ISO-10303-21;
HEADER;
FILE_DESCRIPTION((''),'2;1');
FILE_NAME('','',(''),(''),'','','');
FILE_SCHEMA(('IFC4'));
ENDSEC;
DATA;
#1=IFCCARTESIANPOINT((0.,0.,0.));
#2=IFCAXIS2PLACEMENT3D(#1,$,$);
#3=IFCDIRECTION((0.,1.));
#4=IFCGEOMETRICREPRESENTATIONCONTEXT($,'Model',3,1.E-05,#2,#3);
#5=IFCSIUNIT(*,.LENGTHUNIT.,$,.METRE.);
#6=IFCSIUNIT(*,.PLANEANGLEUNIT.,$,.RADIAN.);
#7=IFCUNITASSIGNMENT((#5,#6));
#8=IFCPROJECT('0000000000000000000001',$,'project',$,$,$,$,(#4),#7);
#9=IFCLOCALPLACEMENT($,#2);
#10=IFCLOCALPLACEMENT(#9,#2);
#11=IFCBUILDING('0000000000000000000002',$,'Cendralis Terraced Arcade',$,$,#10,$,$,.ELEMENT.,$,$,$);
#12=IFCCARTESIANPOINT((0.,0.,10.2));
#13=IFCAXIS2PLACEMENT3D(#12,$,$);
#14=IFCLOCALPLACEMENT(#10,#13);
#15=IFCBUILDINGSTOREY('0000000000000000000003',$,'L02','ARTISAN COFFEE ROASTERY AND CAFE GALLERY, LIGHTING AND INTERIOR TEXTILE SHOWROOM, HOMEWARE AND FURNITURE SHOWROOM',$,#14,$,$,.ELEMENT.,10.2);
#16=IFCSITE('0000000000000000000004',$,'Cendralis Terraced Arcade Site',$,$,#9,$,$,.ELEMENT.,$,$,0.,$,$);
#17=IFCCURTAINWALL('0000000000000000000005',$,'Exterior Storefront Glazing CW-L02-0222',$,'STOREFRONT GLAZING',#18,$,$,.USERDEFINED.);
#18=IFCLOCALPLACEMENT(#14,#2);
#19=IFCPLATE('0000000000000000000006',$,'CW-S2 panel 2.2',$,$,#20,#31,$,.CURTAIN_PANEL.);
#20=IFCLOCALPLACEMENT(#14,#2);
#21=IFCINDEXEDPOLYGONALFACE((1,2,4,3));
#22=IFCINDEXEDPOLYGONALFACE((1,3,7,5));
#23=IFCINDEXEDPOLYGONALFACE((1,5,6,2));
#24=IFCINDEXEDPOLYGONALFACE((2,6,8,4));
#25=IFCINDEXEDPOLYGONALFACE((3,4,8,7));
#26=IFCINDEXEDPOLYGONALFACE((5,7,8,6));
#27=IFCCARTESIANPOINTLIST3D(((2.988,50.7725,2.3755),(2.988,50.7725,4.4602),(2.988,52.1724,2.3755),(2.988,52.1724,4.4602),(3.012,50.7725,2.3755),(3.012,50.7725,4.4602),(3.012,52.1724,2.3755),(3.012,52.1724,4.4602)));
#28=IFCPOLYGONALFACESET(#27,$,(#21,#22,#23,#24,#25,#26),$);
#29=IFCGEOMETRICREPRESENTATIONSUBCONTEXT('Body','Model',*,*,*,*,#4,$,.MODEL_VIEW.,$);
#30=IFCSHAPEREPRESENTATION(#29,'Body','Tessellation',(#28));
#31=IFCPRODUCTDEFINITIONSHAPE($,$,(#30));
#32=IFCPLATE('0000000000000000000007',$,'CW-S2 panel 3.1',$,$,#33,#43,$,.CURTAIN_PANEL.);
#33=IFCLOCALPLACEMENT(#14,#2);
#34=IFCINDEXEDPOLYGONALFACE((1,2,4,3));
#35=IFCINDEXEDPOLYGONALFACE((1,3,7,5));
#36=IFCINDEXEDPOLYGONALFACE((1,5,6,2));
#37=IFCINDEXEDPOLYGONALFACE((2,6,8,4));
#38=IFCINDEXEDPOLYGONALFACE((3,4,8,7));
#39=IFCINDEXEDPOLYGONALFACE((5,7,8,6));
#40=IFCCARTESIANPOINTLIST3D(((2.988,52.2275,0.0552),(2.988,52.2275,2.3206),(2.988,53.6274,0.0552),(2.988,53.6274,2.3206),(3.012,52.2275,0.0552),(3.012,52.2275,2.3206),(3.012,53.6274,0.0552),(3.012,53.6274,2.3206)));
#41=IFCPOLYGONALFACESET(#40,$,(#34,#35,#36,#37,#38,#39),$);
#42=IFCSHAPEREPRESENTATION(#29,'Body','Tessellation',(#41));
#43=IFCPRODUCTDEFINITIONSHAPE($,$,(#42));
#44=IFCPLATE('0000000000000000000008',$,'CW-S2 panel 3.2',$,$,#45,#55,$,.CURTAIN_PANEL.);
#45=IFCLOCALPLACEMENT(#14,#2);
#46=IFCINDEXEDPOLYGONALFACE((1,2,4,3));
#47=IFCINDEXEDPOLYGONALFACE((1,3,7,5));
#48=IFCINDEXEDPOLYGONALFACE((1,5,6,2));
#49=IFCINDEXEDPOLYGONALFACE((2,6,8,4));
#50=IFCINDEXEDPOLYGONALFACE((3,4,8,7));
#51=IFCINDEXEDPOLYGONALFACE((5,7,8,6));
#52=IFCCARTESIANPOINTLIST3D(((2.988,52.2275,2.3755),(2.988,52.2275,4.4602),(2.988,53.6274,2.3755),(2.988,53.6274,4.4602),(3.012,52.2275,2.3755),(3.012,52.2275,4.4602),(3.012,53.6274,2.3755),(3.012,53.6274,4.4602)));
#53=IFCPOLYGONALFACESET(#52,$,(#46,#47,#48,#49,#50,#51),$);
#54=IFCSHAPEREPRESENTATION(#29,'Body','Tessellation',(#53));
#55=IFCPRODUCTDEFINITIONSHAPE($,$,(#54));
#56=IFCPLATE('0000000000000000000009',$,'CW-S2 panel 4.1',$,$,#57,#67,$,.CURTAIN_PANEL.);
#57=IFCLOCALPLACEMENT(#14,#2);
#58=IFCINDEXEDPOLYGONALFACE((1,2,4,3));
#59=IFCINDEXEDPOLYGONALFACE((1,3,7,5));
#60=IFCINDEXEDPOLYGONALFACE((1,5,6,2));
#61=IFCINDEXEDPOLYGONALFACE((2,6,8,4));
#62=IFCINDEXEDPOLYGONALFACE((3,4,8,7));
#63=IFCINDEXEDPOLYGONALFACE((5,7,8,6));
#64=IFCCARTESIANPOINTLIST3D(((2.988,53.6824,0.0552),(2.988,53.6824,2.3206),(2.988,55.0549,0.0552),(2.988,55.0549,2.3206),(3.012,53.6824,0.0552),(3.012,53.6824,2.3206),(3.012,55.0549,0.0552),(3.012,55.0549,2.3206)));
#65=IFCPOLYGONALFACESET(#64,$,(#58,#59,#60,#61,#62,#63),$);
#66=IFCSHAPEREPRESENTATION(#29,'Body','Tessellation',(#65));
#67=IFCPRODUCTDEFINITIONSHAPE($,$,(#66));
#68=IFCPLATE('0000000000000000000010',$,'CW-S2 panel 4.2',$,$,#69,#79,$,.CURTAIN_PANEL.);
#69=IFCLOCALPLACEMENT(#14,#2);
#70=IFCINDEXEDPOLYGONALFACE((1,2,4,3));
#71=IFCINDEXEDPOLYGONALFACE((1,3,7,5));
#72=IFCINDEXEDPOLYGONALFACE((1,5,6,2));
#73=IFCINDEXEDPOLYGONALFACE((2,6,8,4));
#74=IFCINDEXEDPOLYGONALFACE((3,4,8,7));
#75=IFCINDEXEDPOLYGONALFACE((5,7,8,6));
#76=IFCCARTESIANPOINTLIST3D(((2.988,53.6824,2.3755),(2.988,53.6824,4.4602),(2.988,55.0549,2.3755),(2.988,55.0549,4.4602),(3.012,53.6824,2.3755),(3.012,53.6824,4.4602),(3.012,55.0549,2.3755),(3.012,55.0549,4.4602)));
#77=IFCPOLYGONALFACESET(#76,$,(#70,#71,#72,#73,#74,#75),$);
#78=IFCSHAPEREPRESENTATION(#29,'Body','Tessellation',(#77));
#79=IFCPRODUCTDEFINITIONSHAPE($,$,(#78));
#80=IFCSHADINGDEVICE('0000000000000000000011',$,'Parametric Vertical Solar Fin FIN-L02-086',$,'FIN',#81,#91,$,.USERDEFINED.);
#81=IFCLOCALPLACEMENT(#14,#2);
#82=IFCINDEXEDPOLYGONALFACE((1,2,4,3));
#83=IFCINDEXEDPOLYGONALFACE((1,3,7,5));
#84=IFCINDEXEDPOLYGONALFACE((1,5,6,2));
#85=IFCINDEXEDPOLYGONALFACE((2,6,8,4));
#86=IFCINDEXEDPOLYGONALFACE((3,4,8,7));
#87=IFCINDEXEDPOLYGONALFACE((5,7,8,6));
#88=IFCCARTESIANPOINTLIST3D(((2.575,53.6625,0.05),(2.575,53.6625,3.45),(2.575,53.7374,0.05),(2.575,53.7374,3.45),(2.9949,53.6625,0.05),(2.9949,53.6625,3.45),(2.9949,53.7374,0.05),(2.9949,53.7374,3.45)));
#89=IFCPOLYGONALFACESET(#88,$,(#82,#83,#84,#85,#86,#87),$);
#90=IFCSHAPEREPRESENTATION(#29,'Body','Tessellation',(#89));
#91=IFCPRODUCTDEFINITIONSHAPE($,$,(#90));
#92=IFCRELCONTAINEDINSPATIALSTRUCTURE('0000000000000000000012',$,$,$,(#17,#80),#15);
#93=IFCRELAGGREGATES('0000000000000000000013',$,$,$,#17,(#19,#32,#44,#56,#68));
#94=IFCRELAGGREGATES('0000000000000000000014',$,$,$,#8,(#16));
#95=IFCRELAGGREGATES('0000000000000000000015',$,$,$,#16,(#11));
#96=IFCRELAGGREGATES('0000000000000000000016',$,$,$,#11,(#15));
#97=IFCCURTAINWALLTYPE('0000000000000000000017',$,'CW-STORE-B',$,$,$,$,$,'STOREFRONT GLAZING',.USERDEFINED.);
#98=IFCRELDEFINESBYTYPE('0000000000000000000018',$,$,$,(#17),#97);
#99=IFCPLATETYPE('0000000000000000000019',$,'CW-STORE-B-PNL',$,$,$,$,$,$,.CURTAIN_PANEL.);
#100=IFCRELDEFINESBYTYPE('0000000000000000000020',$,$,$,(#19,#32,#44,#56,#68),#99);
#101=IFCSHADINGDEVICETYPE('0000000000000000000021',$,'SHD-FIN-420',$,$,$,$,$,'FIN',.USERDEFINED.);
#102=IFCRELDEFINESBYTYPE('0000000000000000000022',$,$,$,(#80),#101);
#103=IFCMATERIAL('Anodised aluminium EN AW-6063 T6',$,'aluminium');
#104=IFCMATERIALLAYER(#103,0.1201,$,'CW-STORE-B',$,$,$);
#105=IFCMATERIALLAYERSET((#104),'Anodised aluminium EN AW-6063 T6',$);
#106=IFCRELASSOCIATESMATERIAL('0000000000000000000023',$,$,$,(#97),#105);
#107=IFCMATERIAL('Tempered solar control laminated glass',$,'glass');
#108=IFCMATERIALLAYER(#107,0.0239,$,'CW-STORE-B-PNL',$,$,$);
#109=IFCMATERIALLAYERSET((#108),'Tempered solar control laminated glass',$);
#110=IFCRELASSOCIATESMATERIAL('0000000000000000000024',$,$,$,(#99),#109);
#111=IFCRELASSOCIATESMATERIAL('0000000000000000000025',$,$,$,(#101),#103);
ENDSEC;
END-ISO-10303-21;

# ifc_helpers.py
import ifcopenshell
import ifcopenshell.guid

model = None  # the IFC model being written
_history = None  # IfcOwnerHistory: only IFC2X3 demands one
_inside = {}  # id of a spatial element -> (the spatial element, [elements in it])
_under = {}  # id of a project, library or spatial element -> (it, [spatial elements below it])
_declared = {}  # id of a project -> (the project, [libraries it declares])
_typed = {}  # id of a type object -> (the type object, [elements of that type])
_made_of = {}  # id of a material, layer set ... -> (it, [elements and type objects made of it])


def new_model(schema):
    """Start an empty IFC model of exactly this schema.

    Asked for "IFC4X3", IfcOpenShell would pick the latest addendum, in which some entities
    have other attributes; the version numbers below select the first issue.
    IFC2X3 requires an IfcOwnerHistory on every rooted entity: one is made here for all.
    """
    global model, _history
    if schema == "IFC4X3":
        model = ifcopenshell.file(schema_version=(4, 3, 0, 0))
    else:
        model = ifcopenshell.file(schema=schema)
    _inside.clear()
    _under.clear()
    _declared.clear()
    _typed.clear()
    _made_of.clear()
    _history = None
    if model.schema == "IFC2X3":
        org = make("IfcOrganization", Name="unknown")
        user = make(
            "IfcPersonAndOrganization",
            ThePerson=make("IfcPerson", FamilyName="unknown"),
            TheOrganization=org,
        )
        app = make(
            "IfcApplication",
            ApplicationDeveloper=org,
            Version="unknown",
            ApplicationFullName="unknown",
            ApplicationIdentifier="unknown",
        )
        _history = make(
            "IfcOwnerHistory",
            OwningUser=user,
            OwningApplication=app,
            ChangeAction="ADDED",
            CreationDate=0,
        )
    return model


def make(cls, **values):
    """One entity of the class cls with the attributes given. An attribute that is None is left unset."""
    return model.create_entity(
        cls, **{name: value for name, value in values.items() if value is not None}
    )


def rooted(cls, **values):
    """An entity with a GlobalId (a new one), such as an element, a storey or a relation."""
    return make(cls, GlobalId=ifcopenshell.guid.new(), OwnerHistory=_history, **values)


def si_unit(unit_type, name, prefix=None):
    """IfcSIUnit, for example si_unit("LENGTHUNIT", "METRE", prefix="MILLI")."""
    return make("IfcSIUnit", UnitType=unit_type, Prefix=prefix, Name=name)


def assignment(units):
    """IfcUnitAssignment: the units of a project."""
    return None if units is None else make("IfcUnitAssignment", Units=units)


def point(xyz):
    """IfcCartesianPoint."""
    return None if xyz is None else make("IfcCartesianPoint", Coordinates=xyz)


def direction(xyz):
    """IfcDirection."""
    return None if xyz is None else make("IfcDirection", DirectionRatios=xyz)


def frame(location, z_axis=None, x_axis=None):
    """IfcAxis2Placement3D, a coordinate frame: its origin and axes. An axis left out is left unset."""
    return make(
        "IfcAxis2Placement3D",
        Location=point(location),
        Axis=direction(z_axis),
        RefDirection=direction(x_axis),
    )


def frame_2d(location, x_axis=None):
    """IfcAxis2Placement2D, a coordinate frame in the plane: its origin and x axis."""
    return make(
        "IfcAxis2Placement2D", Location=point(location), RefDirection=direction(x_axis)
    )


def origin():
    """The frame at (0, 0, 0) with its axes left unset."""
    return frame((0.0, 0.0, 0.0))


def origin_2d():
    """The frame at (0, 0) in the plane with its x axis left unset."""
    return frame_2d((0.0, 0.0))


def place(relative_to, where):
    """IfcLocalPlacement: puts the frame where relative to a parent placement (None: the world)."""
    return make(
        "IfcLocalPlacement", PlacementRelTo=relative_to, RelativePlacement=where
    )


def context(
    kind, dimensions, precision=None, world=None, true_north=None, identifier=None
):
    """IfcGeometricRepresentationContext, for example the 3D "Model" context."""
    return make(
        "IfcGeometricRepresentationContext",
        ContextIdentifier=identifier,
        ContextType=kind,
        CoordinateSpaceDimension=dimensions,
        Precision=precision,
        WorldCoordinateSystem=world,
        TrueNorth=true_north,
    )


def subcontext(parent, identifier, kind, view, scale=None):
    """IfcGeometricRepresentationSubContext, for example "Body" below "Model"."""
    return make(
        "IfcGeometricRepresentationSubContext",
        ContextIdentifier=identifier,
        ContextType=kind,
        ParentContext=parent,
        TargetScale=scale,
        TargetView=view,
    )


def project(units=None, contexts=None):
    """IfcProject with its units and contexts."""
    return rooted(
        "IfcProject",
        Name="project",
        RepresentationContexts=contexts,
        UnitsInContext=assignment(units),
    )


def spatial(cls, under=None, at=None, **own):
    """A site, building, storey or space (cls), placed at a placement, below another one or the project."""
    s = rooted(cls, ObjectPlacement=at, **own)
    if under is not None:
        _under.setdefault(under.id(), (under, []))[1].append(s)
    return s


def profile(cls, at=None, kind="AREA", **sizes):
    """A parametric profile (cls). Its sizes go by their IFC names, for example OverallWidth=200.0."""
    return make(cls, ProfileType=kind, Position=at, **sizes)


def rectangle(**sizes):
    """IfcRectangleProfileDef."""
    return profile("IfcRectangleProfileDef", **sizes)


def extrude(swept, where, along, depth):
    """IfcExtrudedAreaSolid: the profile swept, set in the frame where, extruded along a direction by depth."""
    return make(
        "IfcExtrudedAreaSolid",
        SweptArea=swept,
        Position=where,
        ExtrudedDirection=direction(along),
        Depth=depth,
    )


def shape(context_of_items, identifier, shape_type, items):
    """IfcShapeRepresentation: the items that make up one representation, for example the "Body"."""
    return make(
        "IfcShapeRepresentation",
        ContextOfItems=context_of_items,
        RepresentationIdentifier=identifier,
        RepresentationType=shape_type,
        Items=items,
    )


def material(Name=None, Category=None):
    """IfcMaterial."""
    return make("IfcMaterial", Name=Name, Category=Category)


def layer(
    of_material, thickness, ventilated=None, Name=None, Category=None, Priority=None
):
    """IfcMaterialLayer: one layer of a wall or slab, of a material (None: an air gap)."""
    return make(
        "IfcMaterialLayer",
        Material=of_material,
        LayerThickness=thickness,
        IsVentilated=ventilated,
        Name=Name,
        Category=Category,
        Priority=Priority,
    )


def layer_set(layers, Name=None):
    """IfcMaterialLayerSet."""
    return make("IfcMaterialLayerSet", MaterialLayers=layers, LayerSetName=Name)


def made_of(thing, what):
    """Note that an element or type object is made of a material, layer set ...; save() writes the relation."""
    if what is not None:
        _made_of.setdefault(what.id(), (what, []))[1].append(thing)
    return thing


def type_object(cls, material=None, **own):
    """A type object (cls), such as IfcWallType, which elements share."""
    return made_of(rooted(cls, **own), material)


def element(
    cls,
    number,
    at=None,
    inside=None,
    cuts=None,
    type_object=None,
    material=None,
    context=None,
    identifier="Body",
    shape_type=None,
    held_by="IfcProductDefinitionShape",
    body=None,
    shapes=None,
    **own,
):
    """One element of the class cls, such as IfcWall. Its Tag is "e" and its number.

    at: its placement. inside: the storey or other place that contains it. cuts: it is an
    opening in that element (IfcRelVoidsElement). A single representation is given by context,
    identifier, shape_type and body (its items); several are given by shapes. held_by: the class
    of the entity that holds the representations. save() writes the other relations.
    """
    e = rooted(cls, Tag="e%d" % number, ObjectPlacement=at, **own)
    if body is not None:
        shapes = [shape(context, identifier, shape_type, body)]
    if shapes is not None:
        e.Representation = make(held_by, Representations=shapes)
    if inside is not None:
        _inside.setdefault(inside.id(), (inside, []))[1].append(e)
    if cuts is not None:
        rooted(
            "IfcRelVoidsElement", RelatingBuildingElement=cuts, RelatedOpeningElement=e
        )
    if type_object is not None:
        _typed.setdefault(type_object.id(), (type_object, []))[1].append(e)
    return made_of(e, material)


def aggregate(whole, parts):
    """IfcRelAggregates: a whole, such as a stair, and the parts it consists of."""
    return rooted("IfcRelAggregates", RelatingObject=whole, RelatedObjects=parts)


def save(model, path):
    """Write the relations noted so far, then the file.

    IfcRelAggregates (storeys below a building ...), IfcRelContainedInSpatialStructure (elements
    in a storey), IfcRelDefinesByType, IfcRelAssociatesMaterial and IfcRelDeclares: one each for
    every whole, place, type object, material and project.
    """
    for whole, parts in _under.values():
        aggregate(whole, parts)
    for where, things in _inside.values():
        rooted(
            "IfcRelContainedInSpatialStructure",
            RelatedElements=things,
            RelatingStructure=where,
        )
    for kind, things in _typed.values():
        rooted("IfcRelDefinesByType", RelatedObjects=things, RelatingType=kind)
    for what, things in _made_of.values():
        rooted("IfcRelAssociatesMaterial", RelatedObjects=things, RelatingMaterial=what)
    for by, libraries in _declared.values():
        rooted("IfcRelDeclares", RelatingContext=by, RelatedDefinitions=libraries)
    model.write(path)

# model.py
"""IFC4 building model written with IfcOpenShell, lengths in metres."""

from ifc_helpers import new_model, si_unit, direction, frame, origin, origin_2d, place, context, subcontext, project, spatial, rectangle, extrude, material, layer, layer_set, type_object, element, aggregate, save


model = new_model("IFC4")

# Units and contexts
model_context = context("Model", 3, precision=1e-05, world=origin(), true_north=direction((0.0, 1.0)))
body_context = subcontext(model_context, "Body", "Model", "MODEL_VIEW")
ifc_project = project(units=[si_unit("LENGTHUNIT", "METRE"), si_unit("PLANEANGLEUNIT", "RADIAN")], contexts=[model_context])

# Site, building, storey
site_placement = place(None, origin())
site = spatial("IfcSite", under=ifc_project, at=site_placement, Name="Cendralis Terraced Arcade Site", CompositionType="ELEMENT", RefElevation=0.0)
building_placement = place(site_placement, origin())
building = spatial("IfcBuilding", under=site, at=building_placement, Name="Cendralis Terraced Arcade", CompositionType="ELEMENT")
storey_placement = place(building_placement, frame((0.0, 0.0, 10.2)))
storey = spatial("IfcBuildingStorey", under=building, at=storey_placement, Name="L02", Description="ARTISAN COFFEE ROASTERY AND CAFE GALLERY, LIGHTING AND INTERIOR TEXTILE SHOWROOM, HOMEWARE AND FURNITURE SHOWROOM", CompositionType="ELEMENT", Elevation=10.2)

# Curtain wall, plates
ifc_material_1 = material(Name="Anodised aluminium EN AW-6063 T6", Category="aluminium")
ifc_layer_1 = layer(ifc_material_1, 0.1201, Name="CW-STORE-B")
ifc_layer_set_1 = layer_set([ifc_layer_1], Name="Anodised aluminium EN AW-6063 T6")
curtain_wall_type = type_object("IfcCurtainWallType", Name="CW-STORE-B", ElementType="STOREFRONT GLAZING", PredefinedType="USERDEFINED", material=ifc_layer_set_1)
curtain_wall_placement = place(storey_placement, origin())
curtain_wall = element("IfcCurtainWall", 1, at=curtain_wall_placement, inside=storey, type_object=curtain_wall_type, Name="Exterior Storefront Glazing CW-L02-0222", ObjectType="STOREFRONT GLAZING", PredefinedType="USERDEFINED")
ifc_material_2 = material(Name="Tempered solar control laminated glass", Category="glass")
ifc_layer_2 = layer(ifc_material_2, 0.0239, Name="CW-STORE-B-PNL")
ifc_layer_set_2 = layer_set([ifc_layer_2], Name="Tempered solar control laminated glass")
plate_type = type_object("IfcPlateType", Name="CW-STORE-B-PNL", PredefinedType="CURTAIN_PANEL", material=ifc_layer_set_2)
plate_1_placement = place(storey_placement, frame((3.0, 51.4724, 2.3755), z_axis=(0.0, 0.0, 1.0), x_axis=(0.0, 1.0, 0.0)))
plate_1 = element("IfcPlate", 2, at=plate_1_placement, type_object=plate_type, Name="CW-S2 panel 2.2", PredefinedType="CURTAIN_PANEL", context=body_context, shape_type="SweptSolid", body=[
    extrude(rectangle(XDim=1.3999, YDim=0.0239, at=origin_2d()), origin(), (0.0, 0.0, 1.0), 2.0847),
])
plate_2_placement = place(storey_placement, frame((3.0, 52.9275, 0.0552), z_axis=(0.0, 0.0, 1.0), x_axis=(0.0, 1.0, 0.0)))
plate_2 = element("IfcPlate", 3, at=plate_2_placement, type_object=plate_type, Name="CW-S2 panel 3.1", PredefinedType="CURTAIN_PANEL", context=body_context, shape_type="SweptSolid", body=[
    extrude(rectangle(XDim=1.3999, YDim=0.0239, at=origin_2d()), origin(), (0.0, 0.0, 1.0), 2.2654),
])
plate_3_placement = place(storey_placement, frame((3.0, 52.9275, 2.3755), z_axis=(0.0, 0.0, 1.0), x_axis=(0.0, 1.0, 0.0)))
plate_3 = element("IfcPlate", 4, at=plate_3_placement, type_object=plate_type, Name="CW-S2 panel 3.2", PredefinedType="CURTAIN_PANEL", context=body_context, shape_type="SweptSolid", body=[
    extrude(rectangle(XDim=1.3999, YDim=0.0239, at=origin_2d()), origin(), (0.0, 0.0, 1.0), 2.0847),
])
plate_4_placement = place(storey_placement, frame((3.0, 54.3687, 0.0552), z_axis=(0.0, 0.0, 1.0), x_axis=(0.0, 1.0, 0.0)))
plate_4 = element("IfcPlate", 5, at=plate_4_placement, type_object=plate_type, Name="CW-S2 panel 4.1", PredefinedType="CURTAIN_PANEL", context=body_context, shape_type="SweptSolid", body=[
    extrude(rectangle(XDim=1.3726, YDim=0.0239, at=origin_2d()), origin(), (0.0, 0.0, 1.0), 2.2654),
])
plate_5_placement = place(storey_placement, frame((3.0, 54.3687, 2.3755), z_axis=(0.0, 0.0, 1.0), x_axis=(0.0, 1.0, 0.0)))
plate_5 = element("IfcPlate", 6, at=plate_5_placement, type_object=plate_type, Name="CW-S2 panel 4.2", PredefinedType="CURTAIN_PANEL", context=body_context, shape_type="SweptSolid", body=[
    extrude(rectangle(XDim=1.3726, YDim=0.0239, at=origin_2d()), origin(), (0.0, 0.0, 1.0), 2.0847),
])
aggregate(curtain_wall, [plate_1, plate_2, plate_3, plate_4, plate_5])

# Shading device
shading_device_type = type_object("IfcShadingDeviceType", Name="SHD-FIN-420", ElementType="FIN", PredefinedType="USERDEFINED", material=ifc_material_1)
shading_device_placement = place(storey_placement, frame((2.7849, 53.7, 0.05), z_axis=(0.0, 0.0, 1.0), x_axis=(0.0, 1.0, 0.0)))
element("IfcShadingDevice", 7, at=shading_device_placement, inside=storey, type_object=shading_device_type, Name="Parametric Vertical Solar Fin FIN-L02-086", ObjectType="FIN", PredefinedType="USERDEFINED", context=body_context, shape_type="SweptSolid", body=[
    extrude(rectangle(XDim=0.075, YDim=0.4199, at=origin_2d()), origin(), (0.0, 0.0, 1.0), 3.3999),
])

save(model, "model.ifc")
